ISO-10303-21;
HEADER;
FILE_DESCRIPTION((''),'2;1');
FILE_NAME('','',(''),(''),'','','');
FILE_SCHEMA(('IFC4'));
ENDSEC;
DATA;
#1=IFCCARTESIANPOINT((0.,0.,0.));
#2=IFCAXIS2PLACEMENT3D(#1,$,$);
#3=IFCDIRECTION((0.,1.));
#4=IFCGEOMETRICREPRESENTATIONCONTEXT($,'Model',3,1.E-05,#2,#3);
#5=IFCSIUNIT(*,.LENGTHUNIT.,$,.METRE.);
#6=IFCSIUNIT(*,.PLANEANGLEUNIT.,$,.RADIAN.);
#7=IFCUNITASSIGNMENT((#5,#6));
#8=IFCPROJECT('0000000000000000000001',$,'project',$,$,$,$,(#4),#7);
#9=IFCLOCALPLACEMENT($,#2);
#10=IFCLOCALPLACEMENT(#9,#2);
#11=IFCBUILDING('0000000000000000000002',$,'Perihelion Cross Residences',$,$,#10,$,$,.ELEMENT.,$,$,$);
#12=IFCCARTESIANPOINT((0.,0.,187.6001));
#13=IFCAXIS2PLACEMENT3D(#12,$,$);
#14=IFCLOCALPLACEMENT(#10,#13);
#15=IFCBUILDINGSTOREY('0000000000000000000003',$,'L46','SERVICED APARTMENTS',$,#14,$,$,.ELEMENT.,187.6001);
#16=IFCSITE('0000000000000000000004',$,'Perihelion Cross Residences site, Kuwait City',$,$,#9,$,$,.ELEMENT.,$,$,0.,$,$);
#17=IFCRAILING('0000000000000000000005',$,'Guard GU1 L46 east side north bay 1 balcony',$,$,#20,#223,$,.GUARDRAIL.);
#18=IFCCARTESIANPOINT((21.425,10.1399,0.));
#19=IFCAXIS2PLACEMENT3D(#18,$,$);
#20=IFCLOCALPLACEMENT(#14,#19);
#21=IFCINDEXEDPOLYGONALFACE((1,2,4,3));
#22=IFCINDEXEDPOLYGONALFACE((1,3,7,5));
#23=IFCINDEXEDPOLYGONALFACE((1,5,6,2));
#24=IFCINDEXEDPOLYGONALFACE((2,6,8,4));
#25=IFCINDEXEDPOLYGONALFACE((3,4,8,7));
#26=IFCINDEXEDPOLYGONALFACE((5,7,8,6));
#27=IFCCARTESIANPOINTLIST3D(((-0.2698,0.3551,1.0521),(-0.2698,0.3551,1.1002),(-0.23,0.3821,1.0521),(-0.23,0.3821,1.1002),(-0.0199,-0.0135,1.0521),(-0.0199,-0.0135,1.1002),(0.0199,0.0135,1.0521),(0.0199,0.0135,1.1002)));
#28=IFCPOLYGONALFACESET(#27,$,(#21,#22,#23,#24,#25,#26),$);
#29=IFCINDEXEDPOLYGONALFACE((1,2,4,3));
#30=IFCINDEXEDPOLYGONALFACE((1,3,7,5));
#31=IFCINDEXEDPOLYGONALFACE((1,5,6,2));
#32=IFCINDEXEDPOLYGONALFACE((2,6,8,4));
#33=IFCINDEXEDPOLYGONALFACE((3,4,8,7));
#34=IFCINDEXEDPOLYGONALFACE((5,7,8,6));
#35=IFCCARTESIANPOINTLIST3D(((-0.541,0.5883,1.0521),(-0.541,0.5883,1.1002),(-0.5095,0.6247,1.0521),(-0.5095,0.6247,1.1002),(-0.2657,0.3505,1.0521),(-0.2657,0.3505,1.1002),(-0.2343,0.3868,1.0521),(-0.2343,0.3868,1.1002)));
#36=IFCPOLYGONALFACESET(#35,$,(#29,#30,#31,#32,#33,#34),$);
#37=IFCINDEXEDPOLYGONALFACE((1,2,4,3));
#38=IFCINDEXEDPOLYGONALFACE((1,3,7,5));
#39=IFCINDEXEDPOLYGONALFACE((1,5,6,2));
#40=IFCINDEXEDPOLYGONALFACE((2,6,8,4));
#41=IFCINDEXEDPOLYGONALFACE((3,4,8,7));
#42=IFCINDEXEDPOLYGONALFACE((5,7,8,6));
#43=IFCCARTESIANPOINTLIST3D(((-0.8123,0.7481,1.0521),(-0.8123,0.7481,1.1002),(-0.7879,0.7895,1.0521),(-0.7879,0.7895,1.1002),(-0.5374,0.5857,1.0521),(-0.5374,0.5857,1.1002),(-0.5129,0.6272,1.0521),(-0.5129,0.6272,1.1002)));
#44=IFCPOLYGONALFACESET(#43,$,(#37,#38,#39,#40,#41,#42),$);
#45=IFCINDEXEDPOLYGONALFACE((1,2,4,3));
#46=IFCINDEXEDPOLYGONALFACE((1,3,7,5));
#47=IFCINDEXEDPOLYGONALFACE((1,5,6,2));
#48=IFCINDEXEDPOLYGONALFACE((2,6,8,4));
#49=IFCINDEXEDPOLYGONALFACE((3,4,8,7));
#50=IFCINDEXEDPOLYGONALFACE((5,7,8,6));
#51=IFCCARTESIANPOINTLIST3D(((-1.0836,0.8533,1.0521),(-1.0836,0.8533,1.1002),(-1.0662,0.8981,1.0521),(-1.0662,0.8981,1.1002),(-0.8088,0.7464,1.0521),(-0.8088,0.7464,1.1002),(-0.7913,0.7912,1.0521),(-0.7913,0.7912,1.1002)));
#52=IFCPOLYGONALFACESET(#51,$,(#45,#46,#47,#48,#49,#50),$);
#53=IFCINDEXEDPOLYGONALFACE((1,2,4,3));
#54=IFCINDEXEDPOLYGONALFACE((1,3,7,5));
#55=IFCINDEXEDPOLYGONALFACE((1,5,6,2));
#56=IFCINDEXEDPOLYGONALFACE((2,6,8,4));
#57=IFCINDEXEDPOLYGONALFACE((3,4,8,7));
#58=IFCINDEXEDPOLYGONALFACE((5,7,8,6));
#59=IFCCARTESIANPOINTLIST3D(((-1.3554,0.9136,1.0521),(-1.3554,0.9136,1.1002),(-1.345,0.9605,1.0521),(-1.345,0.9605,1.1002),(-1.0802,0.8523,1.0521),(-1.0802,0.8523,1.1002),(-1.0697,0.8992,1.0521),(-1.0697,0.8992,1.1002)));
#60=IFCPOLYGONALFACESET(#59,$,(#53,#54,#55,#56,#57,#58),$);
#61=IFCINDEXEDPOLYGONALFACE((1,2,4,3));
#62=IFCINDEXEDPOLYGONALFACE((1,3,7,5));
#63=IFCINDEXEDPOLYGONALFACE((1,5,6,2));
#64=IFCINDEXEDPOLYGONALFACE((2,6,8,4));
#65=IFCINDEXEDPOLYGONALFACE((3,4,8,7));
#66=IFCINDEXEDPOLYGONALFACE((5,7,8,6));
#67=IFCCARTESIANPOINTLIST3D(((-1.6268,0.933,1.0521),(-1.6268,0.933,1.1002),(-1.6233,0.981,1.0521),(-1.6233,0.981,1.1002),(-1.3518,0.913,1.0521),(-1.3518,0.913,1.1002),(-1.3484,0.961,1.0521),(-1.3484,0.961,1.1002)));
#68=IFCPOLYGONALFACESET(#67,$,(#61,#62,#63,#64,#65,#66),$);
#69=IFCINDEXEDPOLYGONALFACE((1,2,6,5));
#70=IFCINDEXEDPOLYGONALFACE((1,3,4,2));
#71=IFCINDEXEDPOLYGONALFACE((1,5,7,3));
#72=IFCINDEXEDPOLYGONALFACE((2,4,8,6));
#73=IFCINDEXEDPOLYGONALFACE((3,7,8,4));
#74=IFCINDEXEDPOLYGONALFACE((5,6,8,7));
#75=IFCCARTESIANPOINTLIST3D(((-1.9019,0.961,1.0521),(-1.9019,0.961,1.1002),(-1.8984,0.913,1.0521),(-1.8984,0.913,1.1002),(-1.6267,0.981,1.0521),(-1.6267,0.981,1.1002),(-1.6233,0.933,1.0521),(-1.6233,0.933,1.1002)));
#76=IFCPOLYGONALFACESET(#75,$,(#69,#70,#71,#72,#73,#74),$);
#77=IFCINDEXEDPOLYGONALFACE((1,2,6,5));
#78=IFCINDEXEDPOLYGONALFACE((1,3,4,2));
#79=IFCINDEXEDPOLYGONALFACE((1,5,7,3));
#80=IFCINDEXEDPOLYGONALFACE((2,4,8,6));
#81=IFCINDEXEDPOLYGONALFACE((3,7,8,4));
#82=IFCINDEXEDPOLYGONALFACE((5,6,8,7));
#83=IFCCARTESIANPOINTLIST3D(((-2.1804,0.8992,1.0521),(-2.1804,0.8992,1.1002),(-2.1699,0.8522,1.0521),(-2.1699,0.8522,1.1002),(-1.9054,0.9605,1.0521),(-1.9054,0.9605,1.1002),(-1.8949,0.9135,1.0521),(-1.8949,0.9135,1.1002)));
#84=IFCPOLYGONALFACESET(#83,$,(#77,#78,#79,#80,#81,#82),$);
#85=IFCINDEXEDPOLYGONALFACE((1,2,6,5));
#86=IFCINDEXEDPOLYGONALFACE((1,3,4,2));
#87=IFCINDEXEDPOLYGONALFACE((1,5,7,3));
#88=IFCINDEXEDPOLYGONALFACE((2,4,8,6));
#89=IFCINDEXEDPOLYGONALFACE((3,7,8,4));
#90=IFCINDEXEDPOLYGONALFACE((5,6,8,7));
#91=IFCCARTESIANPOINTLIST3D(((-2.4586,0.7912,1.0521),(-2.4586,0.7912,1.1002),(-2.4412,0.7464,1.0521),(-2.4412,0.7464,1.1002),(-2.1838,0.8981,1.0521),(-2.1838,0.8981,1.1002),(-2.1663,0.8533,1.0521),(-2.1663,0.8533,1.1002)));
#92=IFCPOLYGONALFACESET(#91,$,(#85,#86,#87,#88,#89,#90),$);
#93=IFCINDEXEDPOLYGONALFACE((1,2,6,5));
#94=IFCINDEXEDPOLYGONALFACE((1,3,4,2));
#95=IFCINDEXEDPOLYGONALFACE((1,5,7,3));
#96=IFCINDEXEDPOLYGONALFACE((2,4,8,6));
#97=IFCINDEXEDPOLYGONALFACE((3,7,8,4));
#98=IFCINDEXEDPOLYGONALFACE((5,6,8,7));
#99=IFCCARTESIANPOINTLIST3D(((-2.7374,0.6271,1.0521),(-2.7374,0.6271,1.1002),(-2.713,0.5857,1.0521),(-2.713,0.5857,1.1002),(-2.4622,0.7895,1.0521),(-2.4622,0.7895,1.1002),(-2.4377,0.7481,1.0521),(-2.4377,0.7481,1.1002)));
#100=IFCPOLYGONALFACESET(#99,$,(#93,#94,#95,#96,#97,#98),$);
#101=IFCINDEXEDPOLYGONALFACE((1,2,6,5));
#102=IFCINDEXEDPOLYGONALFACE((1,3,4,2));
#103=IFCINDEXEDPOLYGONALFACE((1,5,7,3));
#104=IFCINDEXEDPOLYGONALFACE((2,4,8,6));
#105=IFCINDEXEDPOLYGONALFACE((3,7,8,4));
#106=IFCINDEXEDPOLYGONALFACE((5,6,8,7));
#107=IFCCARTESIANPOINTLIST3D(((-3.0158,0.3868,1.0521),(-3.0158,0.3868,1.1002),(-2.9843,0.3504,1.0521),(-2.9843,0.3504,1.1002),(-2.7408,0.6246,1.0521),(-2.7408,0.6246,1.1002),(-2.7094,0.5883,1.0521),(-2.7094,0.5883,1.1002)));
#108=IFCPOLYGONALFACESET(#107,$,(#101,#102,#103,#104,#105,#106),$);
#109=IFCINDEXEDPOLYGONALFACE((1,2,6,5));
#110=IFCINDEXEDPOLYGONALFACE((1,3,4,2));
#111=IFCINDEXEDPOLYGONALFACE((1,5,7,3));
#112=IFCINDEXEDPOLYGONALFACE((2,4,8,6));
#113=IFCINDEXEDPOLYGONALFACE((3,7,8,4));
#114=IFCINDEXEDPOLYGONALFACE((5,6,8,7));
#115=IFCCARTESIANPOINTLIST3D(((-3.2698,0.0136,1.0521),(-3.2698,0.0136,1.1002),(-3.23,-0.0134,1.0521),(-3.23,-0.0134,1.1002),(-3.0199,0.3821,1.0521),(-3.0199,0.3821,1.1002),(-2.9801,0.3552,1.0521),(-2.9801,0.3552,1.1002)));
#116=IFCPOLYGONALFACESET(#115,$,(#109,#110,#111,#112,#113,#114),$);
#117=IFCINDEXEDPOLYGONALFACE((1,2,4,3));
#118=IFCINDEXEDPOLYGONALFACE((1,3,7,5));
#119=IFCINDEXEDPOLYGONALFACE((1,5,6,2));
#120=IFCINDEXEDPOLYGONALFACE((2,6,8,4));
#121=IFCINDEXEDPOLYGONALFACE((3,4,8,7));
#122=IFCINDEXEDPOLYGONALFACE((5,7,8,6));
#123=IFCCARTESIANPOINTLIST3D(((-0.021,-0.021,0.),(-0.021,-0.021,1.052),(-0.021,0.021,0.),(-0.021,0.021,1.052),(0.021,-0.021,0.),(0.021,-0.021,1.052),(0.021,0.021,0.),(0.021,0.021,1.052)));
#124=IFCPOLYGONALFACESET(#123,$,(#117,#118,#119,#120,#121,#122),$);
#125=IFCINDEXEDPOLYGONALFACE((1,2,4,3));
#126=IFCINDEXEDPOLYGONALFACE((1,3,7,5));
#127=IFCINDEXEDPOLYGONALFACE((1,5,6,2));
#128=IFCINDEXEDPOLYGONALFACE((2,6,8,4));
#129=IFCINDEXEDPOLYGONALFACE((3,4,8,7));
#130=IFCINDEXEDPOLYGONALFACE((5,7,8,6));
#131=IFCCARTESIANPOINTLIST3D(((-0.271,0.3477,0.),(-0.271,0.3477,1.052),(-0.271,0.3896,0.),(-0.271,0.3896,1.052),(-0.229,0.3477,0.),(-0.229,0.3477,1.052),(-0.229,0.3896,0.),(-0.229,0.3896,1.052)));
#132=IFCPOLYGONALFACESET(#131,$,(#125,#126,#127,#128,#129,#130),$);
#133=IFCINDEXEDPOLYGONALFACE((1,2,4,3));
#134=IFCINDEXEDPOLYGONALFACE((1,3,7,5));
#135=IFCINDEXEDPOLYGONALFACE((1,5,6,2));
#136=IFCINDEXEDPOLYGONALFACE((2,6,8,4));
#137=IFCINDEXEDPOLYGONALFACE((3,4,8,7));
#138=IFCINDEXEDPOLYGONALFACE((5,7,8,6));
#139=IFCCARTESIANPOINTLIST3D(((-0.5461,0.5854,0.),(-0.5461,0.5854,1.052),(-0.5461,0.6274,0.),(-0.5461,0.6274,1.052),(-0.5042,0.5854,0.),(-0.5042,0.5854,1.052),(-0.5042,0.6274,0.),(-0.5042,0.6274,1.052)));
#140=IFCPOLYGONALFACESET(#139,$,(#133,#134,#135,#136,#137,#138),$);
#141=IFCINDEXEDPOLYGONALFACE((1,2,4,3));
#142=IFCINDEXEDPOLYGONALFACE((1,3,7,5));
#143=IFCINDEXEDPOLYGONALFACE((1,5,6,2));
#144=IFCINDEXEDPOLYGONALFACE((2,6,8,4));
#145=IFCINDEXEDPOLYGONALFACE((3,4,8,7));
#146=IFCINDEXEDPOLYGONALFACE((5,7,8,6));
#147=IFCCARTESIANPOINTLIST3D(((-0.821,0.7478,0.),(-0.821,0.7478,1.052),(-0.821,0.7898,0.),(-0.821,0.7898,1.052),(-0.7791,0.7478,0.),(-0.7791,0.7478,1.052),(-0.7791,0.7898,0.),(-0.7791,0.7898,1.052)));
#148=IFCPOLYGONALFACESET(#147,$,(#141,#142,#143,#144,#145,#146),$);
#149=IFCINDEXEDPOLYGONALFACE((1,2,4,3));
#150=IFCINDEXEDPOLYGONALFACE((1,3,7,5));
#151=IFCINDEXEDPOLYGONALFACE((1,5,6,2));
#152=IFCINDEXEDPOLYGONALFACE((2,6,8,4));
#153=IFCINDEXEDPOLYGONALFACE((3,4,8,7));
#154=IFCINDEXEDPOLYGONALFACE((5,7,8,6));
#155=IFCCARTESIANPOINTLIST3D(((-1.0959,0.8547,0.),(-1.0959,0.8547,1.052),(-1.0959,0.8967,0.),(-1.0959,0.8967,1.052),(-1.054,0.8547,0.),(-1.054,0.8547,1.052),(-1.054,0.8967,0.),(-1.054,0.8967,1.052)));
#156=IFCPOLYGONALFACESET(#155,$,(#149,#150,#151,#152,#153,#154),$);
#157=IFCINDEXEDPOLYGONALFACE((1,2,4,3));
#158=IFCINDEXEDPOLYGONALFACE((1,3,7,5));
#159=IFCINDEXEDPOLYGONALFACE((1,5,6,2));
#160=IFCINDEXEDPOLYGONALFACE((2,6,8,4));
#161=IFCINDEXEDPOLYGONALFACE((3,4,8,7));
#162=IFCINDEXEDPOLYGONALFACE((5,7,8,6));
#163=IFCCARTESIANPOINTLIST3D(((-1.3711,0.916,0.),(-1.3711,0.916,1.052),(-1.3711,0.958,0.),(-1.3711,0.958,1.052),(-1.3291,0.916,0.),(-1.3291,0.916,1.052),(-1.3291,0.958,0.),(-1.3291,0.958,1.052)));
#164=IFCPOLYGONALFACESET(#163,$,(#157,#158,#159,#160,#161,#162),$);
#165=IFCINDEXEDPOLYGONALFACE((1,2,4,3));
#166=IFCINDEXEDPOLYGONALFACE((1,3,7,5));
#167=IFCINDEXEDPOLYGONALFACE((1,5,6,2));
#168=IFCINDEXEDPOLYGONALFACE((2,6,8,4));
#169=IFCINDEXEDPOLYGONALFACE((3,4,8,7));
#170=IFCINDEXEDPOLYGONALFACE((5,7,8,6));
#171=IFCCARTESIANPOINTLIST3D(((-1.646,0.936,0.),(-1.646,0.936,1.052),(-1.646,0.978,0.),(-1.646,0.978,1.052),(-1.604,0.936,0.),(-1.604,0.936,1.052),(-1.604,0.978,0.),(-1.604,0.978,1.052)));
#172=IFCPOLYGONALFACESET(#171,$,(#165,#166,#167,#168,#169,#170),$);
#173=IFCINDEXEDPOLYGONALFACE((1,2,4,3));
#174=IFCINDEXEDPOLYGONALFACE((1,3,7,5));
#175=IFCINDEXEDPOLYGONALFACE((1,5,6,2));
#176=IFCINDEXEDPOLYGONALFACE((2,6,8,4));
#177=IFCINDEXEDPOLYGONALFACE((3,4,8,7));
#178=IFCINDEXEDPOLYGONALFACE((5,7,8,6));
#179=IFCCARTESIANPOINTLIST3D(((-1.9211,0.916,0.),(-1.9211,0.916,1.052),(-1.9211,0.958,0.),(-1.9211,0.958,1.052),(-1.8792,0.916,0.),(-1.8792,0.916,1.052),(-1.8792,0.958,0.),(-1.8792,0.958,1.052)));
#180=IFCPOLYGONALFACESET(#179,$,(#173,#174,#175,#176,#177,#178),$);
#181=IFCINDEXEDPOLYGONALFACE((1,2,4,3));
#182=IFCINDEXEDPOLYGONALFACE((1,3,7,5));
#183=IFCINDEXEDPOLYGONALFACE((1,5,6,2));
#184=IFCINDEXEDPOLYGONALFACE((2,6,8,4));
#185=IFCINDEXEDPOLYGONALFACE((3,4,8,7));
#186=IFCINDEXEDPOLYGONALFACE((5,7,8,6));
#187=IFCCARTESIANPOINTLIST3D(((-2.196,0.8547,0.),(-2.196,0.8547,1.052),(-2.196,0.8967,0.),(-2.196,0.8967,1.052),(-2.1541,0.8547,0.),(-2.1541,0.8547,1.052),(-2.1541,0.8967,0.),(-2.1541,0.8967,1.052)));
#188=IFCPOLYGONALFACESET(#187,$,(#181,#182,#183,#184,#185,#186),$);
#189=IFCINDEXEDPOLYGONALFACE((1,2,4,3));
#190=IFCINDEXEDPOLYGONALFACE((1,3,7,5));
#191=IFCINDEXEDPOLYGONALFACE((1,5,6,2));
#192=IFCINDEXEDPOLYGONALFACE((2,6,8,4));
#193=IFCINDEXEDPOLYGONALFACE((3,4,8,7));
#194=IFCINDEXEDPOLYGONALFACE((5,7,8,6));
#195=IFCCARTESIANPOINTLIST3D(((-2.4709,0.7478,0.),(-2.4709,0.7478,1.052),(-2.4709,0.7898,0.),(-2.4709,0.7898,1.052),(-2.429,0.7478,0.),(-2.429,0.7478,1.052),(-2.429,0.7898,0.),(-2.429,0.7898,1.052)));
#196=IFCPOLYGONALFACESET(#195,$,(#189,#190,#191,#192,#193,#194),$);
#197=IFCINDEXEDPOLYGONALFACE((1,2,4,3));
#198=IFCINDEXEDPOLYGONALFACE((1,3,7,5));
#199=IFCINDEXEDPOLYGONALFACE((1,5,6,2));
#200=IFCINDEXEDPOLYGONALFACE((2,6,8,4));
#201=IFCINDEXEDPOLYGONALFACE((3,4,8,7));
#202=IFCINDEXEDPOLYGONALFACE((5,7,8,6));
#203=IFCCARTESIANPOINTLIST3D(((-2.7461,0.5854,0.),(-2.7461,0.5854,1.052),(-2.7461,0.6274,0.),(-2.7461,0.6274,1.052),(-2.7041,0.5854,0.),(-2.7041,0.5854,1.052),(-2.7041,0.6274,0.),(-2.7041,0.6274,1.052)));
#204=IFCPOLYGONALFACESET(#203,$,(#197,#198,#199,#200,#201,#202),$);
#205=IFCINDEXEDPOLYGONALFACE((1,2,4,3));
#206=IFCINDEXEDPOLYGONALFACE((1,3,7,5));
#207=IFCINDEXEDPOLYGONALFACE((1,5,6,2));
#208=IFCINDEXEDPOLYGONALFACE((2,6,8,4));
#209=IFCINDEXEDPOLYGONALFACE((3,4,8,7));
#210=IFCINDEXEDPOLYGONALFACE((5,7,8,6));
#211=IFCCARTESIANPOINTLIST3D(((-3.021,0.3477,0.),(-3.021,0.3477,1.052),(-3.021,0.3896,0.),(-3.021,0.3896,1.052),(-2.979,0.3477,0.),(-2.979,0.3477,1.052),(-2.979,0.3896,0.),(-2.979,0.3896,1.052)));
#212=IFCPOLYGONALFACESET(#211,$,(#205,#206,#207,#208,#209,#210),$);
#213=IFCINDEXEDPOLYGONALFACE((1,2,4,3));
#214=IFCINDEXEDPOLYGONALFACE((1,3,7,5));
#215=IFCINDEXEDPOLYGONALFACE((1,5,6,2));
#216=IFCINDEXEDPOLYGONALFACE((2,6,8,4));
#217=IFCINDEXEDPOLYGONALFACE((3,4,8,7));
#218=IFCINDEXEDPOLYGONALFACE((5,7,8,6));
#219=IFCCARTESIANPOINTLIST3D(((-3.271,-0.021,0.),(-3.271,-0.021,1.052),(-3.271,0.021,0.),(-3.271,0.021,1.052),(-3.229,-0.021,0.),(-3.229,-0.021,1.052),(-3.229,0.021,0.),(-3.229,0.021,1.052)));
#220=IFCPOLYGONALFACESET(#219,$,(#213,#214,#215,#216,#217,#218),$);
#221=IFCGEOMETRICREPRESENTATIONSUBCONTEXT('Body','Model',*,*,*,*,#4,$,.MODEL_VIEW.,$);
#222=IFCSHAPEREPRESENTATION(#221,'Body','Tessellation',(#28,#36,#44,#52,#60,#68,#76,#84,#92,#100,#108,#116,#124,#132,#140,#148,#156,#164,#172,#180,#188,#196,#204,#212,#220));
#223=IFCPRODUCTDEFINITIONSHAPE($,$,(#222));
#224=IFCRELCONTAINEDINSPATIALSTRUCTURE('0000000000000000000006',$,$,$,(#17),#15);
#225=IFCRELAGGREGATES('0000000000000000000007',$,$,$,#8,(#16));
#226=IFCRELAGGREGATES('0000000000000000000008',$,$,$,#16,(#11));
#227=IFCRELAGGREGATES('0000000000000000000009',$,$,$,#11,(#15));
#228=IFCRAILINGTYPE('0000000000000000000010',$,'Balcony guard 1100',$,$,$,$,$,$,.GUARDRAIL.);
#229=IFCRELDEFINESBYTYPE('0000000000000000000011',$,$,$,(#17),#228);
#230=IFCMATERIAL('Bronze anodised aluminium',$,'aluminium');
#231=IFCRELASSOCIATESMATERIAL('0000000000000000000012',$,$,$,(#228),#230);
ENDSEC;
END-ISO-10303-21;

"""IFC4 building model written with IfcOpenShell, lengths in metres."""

from ifc_helpers import new_model, si_unit, direction, frame, origin, origin_2d, place, context, subcontext, project, spatial, rectangle, extrude, material, type_object, element, save


model = new_model("IFC4")

# Units and contexts
model_context = context("Model", 3, precision=1e-05, world=origin(), true_north=direction((0.0, 1.0)))
body_context = subcontext(model_context, "Body", "Model", "MODEL_VIEW")
ifc_project = project(units=[si_unit("LENGTHUNIT", "METRE"), si_unit("PLANEANGLEUNIT", "RADIAN")], contexts=[model_context])

# Site, building, storey
site_placement = place(None, origin())
site = spatial("IfcSite", under=ifc_project, at=site_placement, Name="Perihelion Cross Residences site, Kuwait City", CompositionType="ELEMENT", RefElevation=0.0)
building_placement = place(site_placement, origin())
building = spatial("IfcBuilding", under=site, at=building_placement, Name="Perihelion Cross Residences", CompositionType="ELEMENT")
storey_placement = place(building_placement, frame((0.0, 0.0, 187.6001)))
storey = spatial("IfcBuildingStorey", under=building, at=storey_placement, Name="L46", Description="SERVICED APARTMENTS", CompositionType="ELEMENT", Elevation=187.6001)

# Railing
ifc_material_1 = material(Name="Bronze anodised aluminium", Category="aluminium")
railing_type_1 = type_object("IfcRailingType", Name="Balcony guard 1100", PredefinedType="GUARDRAIL", material=ifc_material_1)
railing_1_placement = place(storey_placement, frame((21.425, 10.1399, 0.0)))
element("IfcRailing", 1, at=railing_1_placement, inside=storey, type_object=railing_type_1, Name="Guard GU1 L46 east side north bay 1 balcony", PredefinedType="GUARDRAIL", context=body_context, shape_type="SweptSolid", body=[
    extrude(rectangle(XDim=0.0481, YDim=0.0481, at=origin_2d()), frame((0.0, 0.0, 1.0762), z_axis=(-0.56126, 0.827639, 0.0), x_axis=(-0.827639, -0.56126, 0.0)), (0.0, 0.0, 1.0), 0.4453),
    extrude(rectangle(XDim=0.0481, YDim=0.0481, at=origin_2d()), frame((-0.25, 0.3687, 1.0762), z_axis=(-0.756597, 0.653882, 0.0), x_axis=(-0.653882, -0.756597, 0.0)), (0.0, 0.0, 1.0), 0.3638),
    extrude(rectangle(XDim=0.0481, YDim=0.0481, at=origin_2d()), frame((-0.5251, 0.6064, 1.0762), z_axis=(-0.861048, 0.508523, 0.0), x_axis=(-0.508523, -0.861048, 0.0)), (0.0, 0.0, 1.0), 0.3193),
    extrude(rectangle(XDim=0.0481, YDim=0.0481, at=origin_2d()), frame((-0.8, 0.7688, 1.0762), z_axis=(-0.931974, 0.362526, 0.0), x_axis=(-0.362526, -0.931974, 0.0)), (0.0, 0.0, 1.0), 0.2949),
    extrude(rectangle(XDim=0.0481, YDim=0.0481, at=origin_2d()), frame((-1.075, 0.8757, 1.0762), z_axis=(-0.976085, 0.217389, 0.0), x_axis=(-0.217389, -0.976085, 0.0)), (0.0, 0.0, 1.0), 0.282),
    extrude(rectangle(XDim=0.0481, YDim=0.0481, at=origin_2d()), frame((-1.3501, 0.937, 1.0762), z_axis=(-0.997359, 0.072632, 0.0), x_axis=(-0.072632, -0.997359, 0.0)), (0.0, 0.0, 1.0), 0.2756),
    extrude(rectangle(XDim=0.0481, YDim=0.0481, at=origin_2d()), frame((-1.625, 0.957, 1.0762), z_axis=(-0.997363, -0.072568, 0.0), x_axis=(0.072568, -0.997363, 0.0)), (0.0, 0.0, 1.0), 0.2759),
    extrude(rectangle(XDim=0.0481, YDim=0.0481, at=origin_2d()), frame((-1.9001, 0.937, 1.0762), z_axis=(-0.976044, -0.217573, 0.0), x_axis=(0.217573, -0.976044, 0.0)), (0.0, 0.0, 1.0), 0.2817),
    extrude(rectangle(XDim=0.0481, YDim=0.0481, at=origin_2d()), frame((-2.175, 0.8757, 1.0762), z_axis=(-0.931974, -0.362526, 0.0), x_axis=(0.362526, -0.931974, 0.0)), (0.0, 0.0, 1.0), 0.2949),
    extrude(rectangle(XDim=0.0481, YDim=0.0481, at=origin_2d()), frame((-2.45, 0.7688, 1.0762), z_axis=(-0.861246, -0.508189, 0.0), x_axis=(0.508189, -0.861246, 0.0)), (0.0, 0.0, 1.0), 0.3196),
    extrude(rectangle(XDim=0.0481, YDim=0.0481, at=origin_2d()), frame((-2.7251, 0.6064, 1.0762), z_axis=(-0.756309, -0.654214, 0.0), x_axis=(0.654214, -0.756309, 0.0)), (0.0, 0.0, 1.0), 0.3635),
    extrude(rectangle(XDim=0.0481, YDim=0.0481, at=origin_2d()), frame((-3.0, 0.3687, 1.0762), z_axis=(-0.56126, -0.827639, 0.0), x_axis=(0.827639, -0.56126, 0.0)), (0.0, 0.0, 1.0), 0.4453),
    extrude(rectangle(XDim=0.042, YDim=0.042, at=origin_2d()), origin(), (0.0, 0.0, 1.0), 1.052),
    extrude(rectangle(XDim=0.042, YDim=0.042, at=origin_2d()), frame((-0.25, 0.3687, 0.0)), (0.0, 0.0, 1.0), 1.052),
    extrude(rectangle(XDim=0.042, YDim=0.042, at=origin_2d()), frame((-0.5251, 0.6064, 0.0)), (0.0, 0.0, 1.0), 1.052),
    extrude(rectangle(XDim=0.042, YDim=0.042, at=origin_2d()), frame((-0.8, 0.7688, 0.0)), (0.0, 0.0, 1.0), 1.052),
    extrude(rectangle(XDim=0.042, YDim=0.042, at=origin_2d()), frame((-1.075, 0.8757, 0.0)), (0.0, 0.0, 1.0), 1.052),
    extrude(rectangle(XDim=0.042, YDim=0.042, at=origin_2d()), frame((-1.3501, 0.937, 0.0)), (0.0, 0.0, 1.0), 1.052),
    extrude(rectangle(XDim=0.042, YDim=0.042, at=origin_2d()), frame((-1.625, 0.957, 0.0)), (0.0, 0.0, 1.0), 1.052),
    extrude(rectangle(XDim=0.042, YDim=0.042, at=origin_2d()), frame((-1.9001, 0.937, 0.0)), (0.0, 0.0, 1.0), 1.052),
    extrude(rectangle(XDim=0.042, YDim=0.042, at=origin_2d()), frame((-2.175, 0.8757, 0.0)), (0.0, 0.0, 1.0), 1.052),
    extrude(rectangle(XDim=0.042, YDim=0.042, at=origin_2d()), frame((-2.45, 0.7688, 0.0)), (0.0, 0.0, 1.0), 1.052),
    extrude(rectangle(XDim=0.042, YDim=0.042, at=origin_2d()), frame((-2.7251, 0.6064, 0.0)), (0.0, 0.0, 1.0), 1.052),
    extrude(rectangle(XDim=0.042, YDim=0.042, at=origin_2d()), frame((-3.0, 0.3687, 0.0)), (0.0, 0.0, 1.0), 1.052),
    extrude(rectangle(XDim=0.042, YDim=0.042, at=origin_2d()), frame((-3.25, 0.0, 0.0)), (0.0, 0.0, 1.0), 1.052),
])

save(model, "model.ifc")
